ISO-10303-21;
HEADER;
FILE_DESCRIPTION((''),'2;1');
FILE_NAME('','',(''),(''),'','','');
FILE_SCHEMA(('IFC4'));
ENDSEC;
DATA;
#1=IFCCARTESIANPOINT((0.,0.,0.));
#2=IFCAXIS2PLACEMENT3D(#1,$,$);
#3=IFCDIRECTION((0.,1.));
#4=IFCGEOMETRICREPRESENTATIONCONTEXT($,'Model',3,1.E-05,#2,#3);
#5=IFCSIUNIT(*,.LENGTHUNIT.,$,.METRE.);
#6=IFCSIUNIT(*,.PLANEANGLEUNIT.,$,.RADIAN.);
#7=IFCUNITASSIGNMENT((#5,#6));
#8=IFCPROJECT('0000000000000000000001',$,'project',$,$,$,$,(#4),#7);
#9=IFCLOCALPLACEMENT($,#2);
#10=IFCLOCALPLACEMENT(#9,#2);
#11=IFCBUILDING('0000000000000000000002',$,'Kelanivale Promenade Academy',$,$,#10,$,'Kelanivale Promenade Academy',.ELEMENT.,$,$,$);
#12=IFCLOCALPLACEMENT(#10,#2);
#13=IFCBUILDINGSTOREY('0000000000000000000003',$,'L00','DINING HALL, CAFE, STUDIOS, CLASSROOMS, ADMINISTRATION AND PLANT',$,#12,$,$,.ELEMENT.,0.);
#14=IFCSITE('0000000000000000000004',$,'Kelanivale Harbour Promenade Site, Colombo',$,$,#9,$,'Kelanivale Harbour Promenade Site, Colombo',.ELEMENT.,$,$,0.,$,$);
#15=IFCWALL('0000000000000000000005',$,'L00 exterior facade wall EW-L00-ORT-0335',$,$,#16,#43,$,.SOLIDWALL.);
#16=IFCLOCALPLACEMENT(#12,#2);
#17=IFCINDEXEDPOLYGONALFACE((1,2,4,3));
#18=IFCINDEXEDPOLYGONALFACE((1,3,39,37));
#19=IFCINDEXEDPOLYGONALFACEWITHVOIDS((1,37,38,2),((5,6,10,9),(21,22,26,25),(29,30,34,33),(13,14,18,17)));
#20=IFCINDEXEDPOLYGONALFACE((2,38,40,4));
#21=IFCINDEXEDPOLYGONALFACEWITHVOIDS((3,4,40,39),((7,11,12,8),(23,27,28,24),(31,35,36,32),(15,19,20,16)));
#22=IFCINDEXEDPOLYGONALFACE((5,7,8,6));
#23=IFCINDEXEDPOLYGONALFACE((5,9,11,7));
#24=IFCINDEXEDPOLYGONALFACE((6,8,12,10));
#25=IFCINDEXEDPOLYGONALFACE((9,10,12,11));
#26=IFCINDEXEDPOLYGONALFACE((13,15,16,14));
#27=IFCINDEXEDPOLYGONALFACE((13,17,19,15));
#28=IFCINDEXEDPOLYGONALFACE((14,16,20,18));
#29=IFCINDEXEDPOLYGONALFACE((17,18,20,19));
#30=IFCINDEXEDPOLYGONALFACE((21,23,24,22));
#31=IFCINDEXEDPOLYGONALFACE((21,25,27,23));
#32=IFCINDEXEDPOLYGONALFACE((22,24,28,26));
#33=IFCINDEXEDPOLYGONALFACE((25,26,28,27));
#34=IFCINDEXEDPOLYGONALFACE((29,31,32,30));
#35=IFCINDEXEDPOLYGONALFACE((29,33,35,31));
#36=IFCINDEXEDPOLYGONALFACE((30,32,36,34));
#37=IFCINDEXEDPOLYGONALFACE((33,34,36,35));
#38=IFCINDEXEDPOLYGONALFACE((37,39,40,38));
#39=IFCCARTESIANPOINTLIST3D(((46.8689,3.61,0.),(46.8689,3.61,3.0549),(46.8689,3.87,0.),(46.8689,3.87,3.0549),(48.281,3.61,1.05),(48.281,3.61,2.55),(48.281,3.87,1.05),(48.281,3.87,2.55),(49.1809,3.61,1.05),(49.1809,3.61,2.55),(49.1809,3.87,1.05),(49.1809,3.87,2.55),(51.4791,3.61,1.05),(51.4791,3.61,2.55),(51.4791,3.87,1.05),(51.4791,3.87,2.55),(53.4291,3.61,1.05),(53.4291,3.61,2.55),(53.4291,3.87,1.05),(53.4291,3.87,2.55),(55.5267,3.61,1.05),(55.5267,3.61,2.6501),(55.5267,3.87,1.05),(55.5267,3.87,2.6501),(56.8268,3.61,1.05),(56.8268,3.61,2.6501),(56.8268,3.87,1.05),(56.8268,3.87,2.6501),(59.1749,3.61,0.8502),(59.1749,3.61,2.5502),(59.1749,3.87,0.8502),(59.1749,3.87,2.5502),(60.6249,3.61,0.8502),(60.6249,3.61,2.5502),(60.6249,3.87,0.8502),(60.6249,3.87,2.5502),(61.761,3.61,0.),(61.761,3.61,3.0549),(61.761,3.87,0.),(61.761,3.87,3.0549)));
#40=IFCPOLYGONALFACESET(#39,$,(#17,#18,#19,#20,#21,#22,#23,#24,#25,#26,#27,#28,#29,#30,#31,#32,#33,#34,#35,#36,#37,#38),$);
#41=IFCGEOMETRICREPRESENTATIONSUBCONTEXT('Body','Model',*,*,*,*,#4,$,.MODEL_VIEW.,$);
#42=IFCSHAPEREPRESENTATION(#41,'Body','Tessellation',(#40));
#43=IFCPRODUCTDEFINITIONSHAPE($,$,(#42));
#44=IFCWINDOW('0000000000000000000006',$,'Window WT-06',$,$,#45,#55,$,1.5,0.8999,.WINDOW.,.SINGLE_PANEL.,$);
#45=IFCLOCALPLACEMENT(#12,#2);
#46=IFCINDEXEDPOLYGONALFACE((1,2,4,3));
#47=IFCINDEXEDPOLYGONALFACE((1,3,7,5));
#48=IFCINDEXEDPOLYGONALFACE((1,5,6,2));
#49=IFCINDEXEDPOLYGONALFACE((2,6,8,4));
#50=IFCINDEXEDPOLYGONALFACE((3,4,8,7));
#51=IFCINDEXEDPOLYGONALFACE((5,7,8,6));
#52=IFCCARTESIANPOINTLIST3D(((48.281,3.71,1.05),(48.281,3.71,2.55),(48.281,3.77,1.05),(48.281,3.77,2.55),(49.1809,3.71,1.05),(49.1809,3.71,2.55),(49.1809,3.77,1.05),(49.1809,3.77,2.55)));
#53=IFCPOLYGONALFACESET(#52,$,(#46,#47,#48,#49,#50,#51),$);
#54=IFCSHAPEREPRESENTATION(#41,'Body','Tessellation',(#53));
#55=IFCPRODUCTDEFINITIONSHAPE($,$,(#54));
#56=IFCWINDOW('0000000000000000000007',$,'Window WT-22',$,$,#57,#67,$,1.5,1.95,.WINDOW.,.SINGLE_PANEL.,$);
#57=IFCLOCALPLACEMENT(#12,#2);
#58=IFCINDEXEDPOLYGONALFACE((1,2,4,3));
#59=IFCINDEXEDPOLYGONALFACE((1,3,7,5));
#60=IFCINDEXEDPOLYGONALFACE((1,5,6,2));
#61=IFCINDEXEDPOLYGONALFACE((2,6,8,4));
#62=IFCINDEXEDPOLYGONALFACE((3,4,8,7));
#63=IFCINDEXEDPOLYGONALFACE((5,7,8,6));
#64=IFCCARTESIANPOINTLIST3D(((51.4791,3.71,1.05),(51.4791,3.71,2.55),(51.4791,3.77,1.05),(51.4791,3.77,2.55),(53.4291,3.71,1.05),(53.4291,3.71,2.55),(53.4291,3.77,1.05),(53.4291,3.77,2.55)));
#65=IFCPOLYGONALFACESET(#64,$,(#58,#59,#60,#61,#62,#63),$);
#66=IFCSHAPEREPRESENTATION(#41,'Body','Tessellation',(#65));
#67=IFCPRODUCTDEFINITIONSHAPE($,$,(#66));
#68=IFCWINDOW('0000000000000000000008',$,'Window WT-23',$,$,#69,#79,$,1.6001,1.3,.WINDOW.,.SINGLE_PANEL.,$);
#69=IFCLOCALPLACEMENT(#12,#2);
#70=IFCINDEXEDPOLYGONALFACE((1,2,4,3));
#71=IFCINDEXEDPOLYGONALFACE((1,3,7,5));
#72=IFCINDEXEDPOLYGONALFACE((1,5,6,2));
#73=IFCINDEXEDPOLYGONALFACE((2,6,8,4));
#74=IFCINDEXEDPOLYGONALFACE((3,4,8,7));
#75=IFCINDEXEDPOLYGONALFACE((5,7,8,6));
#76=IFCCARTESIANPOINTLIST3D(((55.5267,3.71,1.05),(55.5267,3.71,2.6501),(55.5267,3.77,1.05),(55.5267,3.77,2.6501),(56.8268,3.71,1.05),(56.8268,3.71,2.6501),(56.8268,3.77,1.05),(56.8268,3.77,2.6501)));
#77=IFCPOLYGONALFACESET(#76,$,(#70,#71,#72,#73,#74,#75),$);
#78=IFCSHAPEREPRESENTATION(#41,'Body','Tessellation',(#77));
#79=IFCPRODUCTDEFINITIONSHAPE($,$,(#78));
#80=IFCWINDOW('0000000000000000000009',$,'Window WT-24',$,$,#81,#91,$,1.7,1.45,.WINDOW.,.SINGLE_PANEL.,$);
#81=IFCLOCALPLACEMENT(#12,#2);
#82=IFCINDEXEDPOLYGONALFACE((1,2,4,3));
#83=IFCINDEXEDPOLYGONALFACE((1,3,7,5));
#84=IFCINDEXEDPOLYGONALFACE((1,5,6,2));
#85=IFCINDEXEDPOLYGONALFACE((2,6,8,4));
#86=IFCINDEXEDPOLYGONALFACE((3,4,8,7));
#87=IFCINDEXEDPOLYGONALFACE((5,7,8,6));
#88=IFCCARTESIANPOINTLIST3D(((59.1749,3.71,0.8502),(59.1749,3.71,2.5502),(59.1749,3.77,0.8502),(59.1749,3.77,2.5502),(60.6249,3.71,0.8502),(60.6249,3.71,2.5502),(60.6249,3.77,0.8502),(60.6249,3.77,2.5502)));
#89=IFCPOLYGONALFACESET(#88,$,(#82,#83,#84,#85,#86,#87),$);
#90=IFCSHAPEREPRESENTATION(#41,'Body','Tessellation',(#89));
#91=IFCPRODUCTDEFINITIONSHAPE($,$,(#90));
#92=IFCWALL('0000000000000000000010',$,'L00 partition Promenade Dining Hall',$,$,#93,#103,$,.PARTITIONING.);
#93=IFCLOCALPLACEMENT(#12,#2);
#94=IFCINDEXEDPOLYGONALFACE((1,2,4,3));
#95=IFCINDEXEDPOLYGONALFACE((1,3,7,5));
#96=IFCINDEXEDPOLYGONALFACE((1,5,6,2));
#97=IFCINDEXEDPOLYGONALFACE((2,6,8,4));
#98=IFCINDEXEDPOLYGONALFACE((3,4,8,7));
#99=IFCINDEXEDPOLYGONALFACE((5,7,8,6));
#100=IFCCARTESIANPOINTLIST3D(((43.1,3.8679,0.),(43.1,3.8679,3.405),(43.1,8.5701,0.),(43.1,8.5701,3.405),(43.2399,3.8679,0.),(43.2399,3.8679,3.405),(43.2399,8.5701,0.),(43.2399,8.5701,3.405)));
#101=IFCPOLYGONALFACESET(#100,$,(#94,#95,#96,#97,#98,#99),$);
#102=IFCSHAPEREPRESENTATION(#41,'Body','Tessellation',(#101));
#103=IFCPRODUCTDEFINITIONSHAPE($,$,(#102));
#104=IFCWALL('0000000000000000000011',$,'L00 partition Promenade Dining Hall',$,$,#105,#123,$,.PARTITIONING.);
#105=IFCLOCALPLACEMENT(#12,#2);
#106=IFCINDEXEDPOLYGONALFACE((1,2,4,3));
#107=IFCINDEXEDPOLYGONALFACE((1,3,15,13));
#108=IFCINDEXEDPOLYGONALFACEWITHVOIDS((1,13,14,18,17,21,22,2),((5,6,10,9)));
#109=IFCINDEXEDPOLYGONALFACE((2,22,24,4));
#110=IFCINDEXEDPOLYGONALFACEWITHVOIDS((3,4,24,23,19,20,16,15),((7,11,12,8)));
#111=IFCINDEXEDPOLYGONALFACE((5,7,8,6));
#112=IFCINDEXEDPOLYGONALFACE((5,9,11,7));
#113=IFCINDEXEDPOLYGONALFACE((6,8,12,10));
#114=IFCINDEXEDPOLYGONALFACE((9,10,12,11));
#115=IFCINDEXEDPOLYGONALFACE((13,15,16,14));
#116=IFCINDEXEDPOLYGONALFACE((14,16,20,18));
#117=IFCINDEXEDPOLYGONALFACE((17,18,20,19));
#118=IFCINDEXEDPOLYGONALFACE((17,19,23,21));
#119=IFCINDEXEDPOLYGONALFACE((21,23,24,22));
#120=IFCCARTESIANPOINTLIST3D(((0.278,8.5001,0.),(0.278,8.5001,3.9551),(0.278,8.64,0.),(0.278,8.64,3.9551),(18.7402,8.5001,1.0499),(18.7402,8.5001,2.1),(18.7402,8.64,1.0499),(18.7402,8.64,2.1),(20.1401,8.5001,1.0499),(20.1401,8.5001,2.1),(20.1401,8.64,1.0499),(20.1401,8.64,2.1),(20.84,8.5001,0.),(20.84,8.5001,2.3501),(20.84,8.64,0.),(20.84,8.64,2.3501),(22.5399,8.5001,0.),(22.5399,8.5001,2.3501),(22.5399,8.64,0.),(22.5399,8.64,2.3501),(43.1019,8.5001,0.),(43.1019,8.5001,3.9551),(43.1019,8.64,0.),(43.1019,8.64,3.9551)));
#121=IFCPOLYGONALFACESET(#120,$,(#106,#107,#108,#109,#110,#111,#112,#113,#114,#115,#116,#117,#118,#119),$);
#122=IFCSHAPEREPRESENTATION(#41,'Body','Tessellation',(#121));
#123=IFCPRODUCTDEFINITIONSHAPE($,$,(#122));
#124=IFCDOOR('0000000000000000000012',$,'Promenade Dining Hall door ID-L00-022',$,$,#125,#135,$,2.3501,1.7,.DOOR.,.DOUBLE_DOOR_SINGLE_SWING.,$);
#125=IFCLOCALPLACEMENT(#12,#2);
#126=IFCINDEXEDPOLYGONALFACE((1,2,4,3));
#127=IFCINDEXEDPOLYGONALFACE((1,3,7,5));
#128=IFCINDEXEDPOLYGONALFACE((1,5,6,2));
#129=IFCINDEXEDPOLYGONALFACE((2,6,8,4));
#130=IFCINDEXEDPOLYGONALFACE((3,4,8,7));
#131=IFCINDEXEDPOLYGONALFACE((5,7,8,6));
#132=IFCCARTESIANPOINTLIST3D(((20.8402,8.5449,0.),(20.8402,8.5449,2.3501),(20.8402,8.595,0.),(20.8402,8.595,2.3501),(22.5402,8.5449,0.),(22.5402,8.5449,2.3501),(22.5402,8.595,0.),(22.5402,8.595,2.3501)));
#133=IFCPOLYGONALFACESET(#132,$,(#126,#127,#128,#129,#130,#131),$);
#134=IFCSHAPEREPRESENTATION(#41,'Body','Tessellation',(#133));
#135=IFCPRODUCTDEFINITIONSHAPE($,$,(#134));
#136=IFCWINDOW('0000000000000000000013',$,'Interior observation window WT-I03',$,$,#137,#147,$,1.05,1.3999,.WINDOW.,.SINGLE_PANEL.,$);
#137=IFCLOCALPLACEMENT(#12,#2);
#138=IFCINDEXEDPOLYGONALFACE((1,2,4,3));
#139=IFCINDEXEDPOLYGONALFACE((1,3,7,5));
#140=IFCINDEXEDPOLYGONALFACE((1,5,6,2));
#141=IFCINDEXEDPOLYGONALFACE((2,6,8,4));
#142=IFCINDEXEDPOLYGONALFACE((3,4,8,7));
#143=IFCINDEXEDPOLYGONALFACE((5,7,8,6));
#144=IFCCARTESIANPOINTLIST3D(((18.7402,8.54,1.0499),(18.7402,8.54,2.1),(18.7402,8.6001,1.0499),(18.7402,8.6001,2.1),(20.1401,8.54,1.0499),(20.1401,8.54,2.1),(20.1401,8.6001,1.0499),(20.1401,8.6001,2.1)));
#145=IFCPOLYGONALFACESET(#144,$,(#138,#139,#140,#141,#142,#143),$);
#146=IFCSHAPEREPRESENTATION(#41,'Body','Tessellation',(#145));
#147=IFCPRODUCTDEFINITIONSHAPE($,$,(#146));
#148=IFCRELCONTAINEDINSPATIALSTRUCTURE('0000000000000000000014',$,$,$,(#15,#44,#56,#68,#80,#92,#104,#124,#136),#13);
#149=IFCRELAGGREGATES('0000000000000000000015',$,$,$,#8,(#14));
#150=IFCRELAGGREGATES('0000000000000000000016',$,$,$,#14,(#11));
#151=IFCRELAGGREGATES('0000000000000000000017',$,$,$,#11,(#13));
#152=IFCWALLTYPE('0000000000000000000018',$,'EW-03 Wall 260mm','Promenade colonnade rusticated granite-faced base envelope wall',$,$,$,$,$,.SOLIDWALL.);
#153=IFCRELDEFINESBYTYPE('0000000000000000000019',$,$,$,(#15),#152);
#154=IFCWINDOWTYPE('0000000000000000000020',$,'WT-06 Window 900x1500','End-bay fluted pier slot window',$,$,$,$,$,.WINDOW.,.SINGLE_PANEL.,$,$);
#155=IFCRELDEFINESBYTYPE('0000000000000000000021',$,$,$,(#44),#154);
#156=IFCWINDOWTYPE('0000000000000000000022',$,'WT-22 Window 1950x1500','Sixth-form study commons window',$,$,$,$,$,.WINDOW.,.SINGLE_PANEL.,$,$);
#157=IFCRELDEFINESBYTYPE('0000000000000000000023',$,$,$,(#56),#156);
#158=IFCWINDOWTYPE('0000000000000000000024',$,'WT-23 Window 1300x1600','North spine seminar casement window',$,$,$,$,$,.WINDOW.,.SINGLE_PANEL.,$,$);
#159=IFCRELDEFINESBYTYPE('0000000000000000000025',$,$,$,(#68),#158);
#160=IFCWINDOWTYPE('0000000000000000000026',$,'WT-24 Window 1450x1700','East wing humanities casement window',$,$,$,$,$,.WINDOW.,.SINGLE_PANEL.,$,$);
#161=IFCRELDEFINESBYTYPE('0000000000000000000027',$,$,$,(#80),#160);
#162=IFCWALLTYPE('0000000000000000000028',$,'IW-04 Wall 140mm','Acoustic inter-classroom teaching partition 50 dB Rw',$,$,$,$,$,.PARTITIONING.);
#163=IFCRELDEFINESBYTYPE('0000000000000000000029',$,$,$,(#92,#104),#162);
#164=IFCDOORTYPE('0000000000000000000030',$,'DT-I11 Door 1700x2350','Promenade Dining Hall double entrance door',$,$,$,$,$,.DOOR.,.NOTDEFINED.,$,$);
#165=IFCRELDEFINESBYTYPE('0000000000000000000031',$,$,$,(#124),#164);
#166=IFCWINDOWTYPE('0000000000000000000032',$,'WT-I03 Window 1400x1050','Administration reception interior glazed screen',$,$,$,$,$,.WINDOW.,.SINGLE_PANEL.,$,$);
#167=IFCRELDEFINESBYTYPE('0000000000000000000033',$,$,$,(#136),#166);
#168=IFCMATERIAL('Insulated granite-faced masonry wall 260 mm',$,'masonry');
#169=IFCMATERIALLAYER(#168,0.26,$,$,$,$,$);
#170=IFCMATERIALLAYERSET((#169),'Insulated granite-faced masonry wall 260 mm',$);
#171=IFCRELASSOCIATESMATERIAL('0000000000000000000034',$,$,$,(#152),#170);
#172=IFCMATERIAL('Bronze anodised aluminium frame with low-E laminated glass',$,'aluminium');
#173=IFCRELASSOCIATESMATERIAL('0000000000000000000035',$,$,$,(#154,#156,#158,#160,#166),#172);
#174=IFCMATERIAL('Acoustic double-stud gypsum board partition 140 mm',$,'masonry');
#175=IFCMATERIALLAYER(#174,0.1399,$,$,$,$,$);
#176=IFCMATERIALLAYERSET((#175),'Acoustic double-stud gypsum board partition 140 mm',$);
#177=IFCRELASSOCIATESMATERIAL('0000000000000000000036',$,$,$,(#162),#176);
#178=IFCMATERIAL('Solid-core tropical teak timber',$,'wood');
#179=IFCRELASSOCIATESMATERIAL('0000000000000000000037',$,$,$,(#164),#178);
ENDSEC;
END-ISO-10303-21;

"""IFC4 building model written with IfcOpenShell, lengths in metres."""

from ifc_helpers import new_model, si_unit, direction, frame, frame_2d, origin, place, context, subcontext, project, spatial, rectangle, extrude, material, layer, layer_set, type_object, element, fill, save


model = new_model("IFC4")

# Units and contexts
model_context = context("Model", 3, precision=1e-05, world=origin(), true_north=direction((0.0, 1.0)))
body_context = subcontext(model_context, "Body", "Model", "MODEL_VIEW")
ifc_project = project(units=[si_unit("LENGTHUNIT", "METRE"), si_unit("PLANEANGLEUNIT", "RADIAN")], contexts=[model_context])

# Site, building, storey
site_placement = place(None, origin())
site = spatial("IfcSite", under=ifc_project, at=site_placement, Name="Kelanivale Harbour Promenade Site, Colombo", LongName="Kelanivale Harbour Promenade Site, Colombo", CompositionType="ELEMENT", RefElevation=0.0)
building_placement = place(site_placement, origin())
building = spatial("IfcBuilding", under=site, at=building_placement, Name="Kelanivale Promenade Academy", LongName="Kelanivale Promenade Academy", CompositionType="ELEMENT")
storey_placement = place(building_placement, origin())
storey = spatial("IfcBuildingStorey", under=building, at=storey_placement, Name="L00", Description="DINING HALL, CAFE, STUDIOS, CLASSROOMS, ADMINISTRATION AND PLANT", CompositionType="ELEMENT", Elevation=0.0)

# Wall, openings, windows
ifc_material_1 = material(Name="Insulated granite-faced masonry wall 260 mm", Category="masonry")
ifc_layer_1 = layer(ifc_material_1, 0.26)
ifc_layer_set_1 = layer_set([ifc_layer_1], Name="Insulated granite-faced masonry wall 260 mm")
wall_type_1 = type_object("IfcWallType", Name="EW-03 Wall 260mm", Description="Promenade colonnade rusticated granite-faced base envelope wall", PredefinedType="SOLIDWALL", material=ifc_layer_set_1)
wall_1_placement = place(storey_placement, frame((46.8689, 3.74, 0.0), z_axis=(0.0, 0.0, 1.0), x_axis=(1.0, 0.0, 0.0)))
wall_1 = element("IfcWall", 1, at=wall_1_placement, inside=storey, type_object=wall_type_1, Name="L00 exterior facade wall EW-L00-ORT-0335", PredefinedType="SOLIDWALL", context=body_context, shape_type="SweptSolid", body=[
    extrude(rectangle(XDim=14.8921, YDim=0.26, at=frame_2d((7.446, 0.0))), origin(), (0.0, 0.0, 1.0), 3.0549),
])
opening_1_placement = place(wall_1_placement, frame((1.4121, 0.0, 1.05)))
opening_1 = element("IfcOpeningElement", 2, at=opening_1_placement, cuts=wall_1, PredefinedType="OPENING", context=body_context, shape_type="SweptSolid", body=[
    extrude(rectangle(XDim=0.8999, YDim=1.5, at=frame_2d((0.45, 0.75))), frame((0.0, 0.1401, 0.0), z_axis=(0.0, -1.0, 0.0), x_axis=(1.0, 0.0, 0.0)), (0.0, 0.0, 1.0), 0.28),
])
opening_2_placement = place(wall_1_placement, frame((4.6101, 0.0, 1.05)))
opening_2 = element("IfcOpeningElement", 3, at=opening_2_placement, cuts=wall_1, PredefinedType="OPENING", context=body_context, shape_type="SweptSolid", body=[
    extrude(rectangle(XDim=1.95, YDim=1.5, at=frame_2d((0.9751, 0.75))), frame((0.0, 0.1401, 0.0), z_axis=(0.0, -1.0, 0.0), x_axis=(1.0, 0.0, 0.0)), (0.0, 0.0, 1.0), 0.28),
])
opening_3_placement = place(wall_1_placement, frame((8.658, 0.0, 1.05)))
opening_3 = element("IfcOpeningElement", 4, at=opening_3_placement, cuts=wall_1, PredefinedType="OPENING", context=body_context, shape_type="SweptSolid", body=[
    extrude(rectangle(XDim=1.3, YDim=1.6001, at=frame_2d((0.6499, 0.8))), frame((0.0, 0.1401, 0.0), z_axis=(0.0, -1.0, 0.0), x_axis=(1.0, 0.0, 0.0)), (0.0, 0.0, 1.0), 0.28),
])
opening_4_placement = place(wall_1_placement, frame((12.3059, 0.0, 0.8501)))
opening_4 = element("IfcOpeningElement", 5, at=opening_4_placement, cuts=wall_1, PredefinedType="OPENING", context=body_context, shape_type="SweptSolid", body=[
    extrude(rectangle(XDim=1.45, YDim=1.7, at=frame_2d((0.7251, 0.8501))), frame((0.0, 0.1401, 0.0), z_axis=(0.0, -1.0, 0.0), x_axis=(1.0, 0.0, 0.0)), (0.0, 0.0, 1.0), 0.28),
])
ifc_material_2 = material(Name="Bronze anodised aluminium frame with low-E laminated glass", Category="aluminium")
window_type_1 = type_object("IfcWindowType", Name="WT-06 Window 900x1500", Description="End-bay fluted pier slot window", PartitioningType="SINGLE_PANEL", PredefinedType="WINDOW", material=ifc_material_2)
window_1_placement = place(opening_1_placement, origin())
window_1 = element("IfcWindow", 6, at=window_1_placement, inside=storey, type_object=window_type_1, Name="Window WT-06", OverallHeight=1.5, OverallWidth=0.8999, PartitioningType="SINGLE_PANEL", PredefinedType="WINDOW", context=body_context, shape_type="SweptSolid", body=[
    extrude(rectangle(XDim=0.8999, YDim=1.5, at=frame_2d((0.45, 0.75))), frame((0.0, 0.03, 0.0), z_axis=(0.0, -1.0, 0.0), x_axis=(1.0, 0.0, 0.0)), (0.0, 0.0, 1.0), 0.0601),
])
fill(opening_1, window_1)
window_type_2 = type_object("IfcWindowType", Name="WT-22 Window 1950x1500", Description="Sixth-form study commons window", PartitioningType="SINGLE_PANEL", PredefinedType="WINDOW", material=ifc_material_2)
window_2_placement = place(opening_2_placement, origin())
window_2 = element("IfcWindow", 7, at=window_2_placement, inside=storey, type_object=window_type_2, Name="Window WT-22", OverallHeight=1.5, OverallWidth=1.95, PartitioningType="SINGLE_PANEL", PredefinedType="WINDOW", context=body_context, shape_type="SweptSolid", body=[
    extrude(rectangle(XDim=1.95, YDim=1.5, at=frame_2d((0.9751, 0.75))), frame((0.0, 0.03, 0.0), z_axis=(0.0, -1.0, 0.0), x_axis=(1.0, 0.0, 0.0)), (0.0, 0.0, 1.0), 0.0601),
])
fill(opening_2, window_2)
window_type_3 = type_object("IfcWindowType", Name="WT-23 Window 1300x1600", Description="North spine seminar casement window", PartitioningType="SINGLE_PANEL", PredefinedType="WINDOW", material=ifc_material_2)
window_3_placement = place(opening_3_placement, origin())
window_3 = element("IfcWindow", 8, at=window_3_placement, inside=storey, type_object=window_type_3, Name="Window WT-23", OverallHeight=1.6001, OverallWidth=1.3, PartitioningType="SINGLE_PANEL", PredefinedType="WINDOW", context=body_context, shape_type="SweptSolid", body=[
    extrude(rectangle(XDim=1.3, YDim=1.6001, at=frame_2d((0.6499, 0.8))), frame((0.0, 0.03, 0.0), z_axis=(0.0, -1.0, 0.0), x_axis=(1.0, 0.0, 0.0)), (0.0, 0.0, 1.0), 0.0601),
])
fill(opening_3, window_3)
window_type_4 = type_object("IfcWindowType", Name="WT-24 Window 1450x1700", Description="East wing humanities casement window", PartitioningType="SINGLE_PANEL", PredefinedType="WINDOW", material=ifc_material_2)
window_4_placement = place(opening_4_placement, origin())
window_4 = element("IfcWindow", 9, at=window_4_placement, inside=storey, type_object=window_type_4, Name="Window WT-24", OverallHeight=1.7, OverallWidth=1.45, PartitioningType="SINGLE_PANEL", PredefinedType="WINDOW", context=body_context, shape_type="SweptSolid", body=[
    extrude(rectangle(XDim=1.45, YDim=1.7, at=frame_2d((0.7251, 0.8501))), frame((0.0, 0.03, 0.0), z_axis=(0.0, -1.0, 0.0), x_axis=(1.0, 0.0, 0.0)), (0.0, 0.0, 1.0), 0.0601),
])
fill(opening_4, window_4)

# Wall
ifc_material_3 = material(Name="Acoustic double-stud gypsum board partition 140 mm", Category="masonry")
ifc_layer_2 = layer(ifc_material_3, 0.1399)
ifc_layer_set_2 = layer_set([ifc_layer_2], Name="Acoustic double-stud gypsum board partition 140 mm")
wall_type_2 = type_object("IfcWallType", Name="IW-04 Wall 140mm", Description="Acoustic inter-classroom teaching partition 50 dB Rw", PredefinedType="PARTITIONING", material=ifc_layer_set_2)
wall_2_placement = place(storey_placement, frame((43.1699, 3.8679, 0.0), z_axis=(0.0, 0.0, 1.0), x_axis=(0.0, 1.0, 0.0)))
element("IfcWall", 10, at=wall_2_placement, inside=storey, type_object=wall_type_2, Name="L00 partition Promenade Dining Hall", PredefinedType="PARTITIONING", context=body_context, shape_type="SweptSolid", body=[
    extrude(rectangle(XDim=4.7021, YDim=0.1399, at=frame_2d((2.3511, 0.0))), origin(), (0.0, 0.0, 1.0), 3.405),
])

# Wall, openings, door, window
wall_3_placement = place(storey_placement, frame((43.1021, 8.5701, 0.0), z_axis=(0.0, 0.0, 1.0), x_axis=(-1.0, 0.0, 0.0)))
wall_3 = element("IfcWall", 11, at=wall_3_placement, inside=storey, type_object=wall_type_2, Name="L00 partition Promenade Dining Hall", PredefinedType="PARTITIONING", context=body_context, shape_type="SweptSolid", body=[
    extrude(rectangle(XDim=42.824, YDim=0.1399, at=frame_2d((21.4121, 0.0))), origin(), (0.0, 0.0, 1.0), 3.9551),
])
opening_5_placement = place(wall_3_placement, frame((20.562, 0.0, 0.0)))
opening_5 = element("IfcOpeningElement", 12, at=opening_5_placement, cuts=wall_3, PredefinedType="OPENING", context=body_context, shape_type="SweptSolid", body=[
    extrude(rectangle(XDim=1.7, YDim=2.3501, at=frame_2d((0.8501, 1.175))), frame((0.0, 0.0801, 0.0), z_axis=(0.0, -1.0, 0.0), x_axis=(1.0, 0.0, 0.0)), (0.0, 0.0, 1.0), 0.1599),
])
opening_6_placement = place(wall_3_placement, frame((22.9619, 0.0, 1.05)))
opening_6 = element("IfcOpeningElement", 13, at=opening_6_placement, cuts=wall_3, PredefinedType="OPENING", context=body_context, shape_type="SweptSolid", body=[
    extrude(rectangle(XDim=1.3999, YDim=1.05, at=frame_2d((0.7, 0.5249))), frame((0.0, 0.0801, 0.0), z_axis=(0.0, -1.0, 0.0), x_axis=(1.0, 0.0, 0.0)), (0.0, 0.0, 1.0), 0.1599),
])
ifc_material_4 = material(Name="Solid-core tropical teak timber", Category="wood")
door_type = type_object("IfcDoorType", Name="DT-I11 Door 1700x2350", Description="Promenade Dining Hall double entrance door", OperationType="NOTDEFINED", PredefinedType="DOOR", material=ifc_material_4)
door_placement = place(opening_5_placement, frame((1.7, 0.0, 0.0), z_axis=(0.0, 0.0, 1.0), x_axis=(-1.0, 0.0, 0.0)))
door = element("IfcDoor", 14, at=door_placement, inside=storey, type_object=door_type, Name="Promenade Dining Hall door ID-L00-022", OperationType="DOUBLE_DOOR_SINGLE_SWING", OverallHeight=2.3501, OverallWidth=1.7, PredefinedType="DOOR", context=body_context, shape_type="SweptSolid", body=[
    extrude(rectangle(XDim=1.7, YDim=2.3501, at=frame_2d((0.8501, 1.175))), frame((0.0, 0.0249, 0.0), z_axis=(0.0, -1.0, 0.0), x_axis=(1.0, 0.0, 0.0)), (0.0, 0.0, 1.0), 0.05),
])
fill(opening_5, door)
window_type_5 = type_object("IfcWindowType", Name="WT-I03 Window 1400x1050", Description="Administration reception interior glazed screen", PartitioningType="SINGLE_PANEL", PredefinedType="WINDOW", material=ifc_material_2)
window_5_placement = place(opening_6_placement, origin())
window_5 = element("IfcWindow", 15, at=window_5_placement, inside=storey, type_object=window_type_5, Name="Interior observation window WT-I03", OverallHeight=1.05, OverallWidth=1.3999, PartitioningType="SINGLE_PANEL", PredefinedType="WINDOW", context=body_context, shape_type="SweptSolid", body=[
    extrude(rectangle(XDim=1.3999, YDim=1.05, at=frame_2d((0.7, 0.5249))), frame((0.0, 0.03, 0.0), z_axis=(0.0, -1.0, 0.0), x_axis=(1.0, 0.0, 0.0)), (0.0, 0.0, 1.0), 0.0601),
])
fill(opening_6, window_5)

save(model, "model.ifc")
